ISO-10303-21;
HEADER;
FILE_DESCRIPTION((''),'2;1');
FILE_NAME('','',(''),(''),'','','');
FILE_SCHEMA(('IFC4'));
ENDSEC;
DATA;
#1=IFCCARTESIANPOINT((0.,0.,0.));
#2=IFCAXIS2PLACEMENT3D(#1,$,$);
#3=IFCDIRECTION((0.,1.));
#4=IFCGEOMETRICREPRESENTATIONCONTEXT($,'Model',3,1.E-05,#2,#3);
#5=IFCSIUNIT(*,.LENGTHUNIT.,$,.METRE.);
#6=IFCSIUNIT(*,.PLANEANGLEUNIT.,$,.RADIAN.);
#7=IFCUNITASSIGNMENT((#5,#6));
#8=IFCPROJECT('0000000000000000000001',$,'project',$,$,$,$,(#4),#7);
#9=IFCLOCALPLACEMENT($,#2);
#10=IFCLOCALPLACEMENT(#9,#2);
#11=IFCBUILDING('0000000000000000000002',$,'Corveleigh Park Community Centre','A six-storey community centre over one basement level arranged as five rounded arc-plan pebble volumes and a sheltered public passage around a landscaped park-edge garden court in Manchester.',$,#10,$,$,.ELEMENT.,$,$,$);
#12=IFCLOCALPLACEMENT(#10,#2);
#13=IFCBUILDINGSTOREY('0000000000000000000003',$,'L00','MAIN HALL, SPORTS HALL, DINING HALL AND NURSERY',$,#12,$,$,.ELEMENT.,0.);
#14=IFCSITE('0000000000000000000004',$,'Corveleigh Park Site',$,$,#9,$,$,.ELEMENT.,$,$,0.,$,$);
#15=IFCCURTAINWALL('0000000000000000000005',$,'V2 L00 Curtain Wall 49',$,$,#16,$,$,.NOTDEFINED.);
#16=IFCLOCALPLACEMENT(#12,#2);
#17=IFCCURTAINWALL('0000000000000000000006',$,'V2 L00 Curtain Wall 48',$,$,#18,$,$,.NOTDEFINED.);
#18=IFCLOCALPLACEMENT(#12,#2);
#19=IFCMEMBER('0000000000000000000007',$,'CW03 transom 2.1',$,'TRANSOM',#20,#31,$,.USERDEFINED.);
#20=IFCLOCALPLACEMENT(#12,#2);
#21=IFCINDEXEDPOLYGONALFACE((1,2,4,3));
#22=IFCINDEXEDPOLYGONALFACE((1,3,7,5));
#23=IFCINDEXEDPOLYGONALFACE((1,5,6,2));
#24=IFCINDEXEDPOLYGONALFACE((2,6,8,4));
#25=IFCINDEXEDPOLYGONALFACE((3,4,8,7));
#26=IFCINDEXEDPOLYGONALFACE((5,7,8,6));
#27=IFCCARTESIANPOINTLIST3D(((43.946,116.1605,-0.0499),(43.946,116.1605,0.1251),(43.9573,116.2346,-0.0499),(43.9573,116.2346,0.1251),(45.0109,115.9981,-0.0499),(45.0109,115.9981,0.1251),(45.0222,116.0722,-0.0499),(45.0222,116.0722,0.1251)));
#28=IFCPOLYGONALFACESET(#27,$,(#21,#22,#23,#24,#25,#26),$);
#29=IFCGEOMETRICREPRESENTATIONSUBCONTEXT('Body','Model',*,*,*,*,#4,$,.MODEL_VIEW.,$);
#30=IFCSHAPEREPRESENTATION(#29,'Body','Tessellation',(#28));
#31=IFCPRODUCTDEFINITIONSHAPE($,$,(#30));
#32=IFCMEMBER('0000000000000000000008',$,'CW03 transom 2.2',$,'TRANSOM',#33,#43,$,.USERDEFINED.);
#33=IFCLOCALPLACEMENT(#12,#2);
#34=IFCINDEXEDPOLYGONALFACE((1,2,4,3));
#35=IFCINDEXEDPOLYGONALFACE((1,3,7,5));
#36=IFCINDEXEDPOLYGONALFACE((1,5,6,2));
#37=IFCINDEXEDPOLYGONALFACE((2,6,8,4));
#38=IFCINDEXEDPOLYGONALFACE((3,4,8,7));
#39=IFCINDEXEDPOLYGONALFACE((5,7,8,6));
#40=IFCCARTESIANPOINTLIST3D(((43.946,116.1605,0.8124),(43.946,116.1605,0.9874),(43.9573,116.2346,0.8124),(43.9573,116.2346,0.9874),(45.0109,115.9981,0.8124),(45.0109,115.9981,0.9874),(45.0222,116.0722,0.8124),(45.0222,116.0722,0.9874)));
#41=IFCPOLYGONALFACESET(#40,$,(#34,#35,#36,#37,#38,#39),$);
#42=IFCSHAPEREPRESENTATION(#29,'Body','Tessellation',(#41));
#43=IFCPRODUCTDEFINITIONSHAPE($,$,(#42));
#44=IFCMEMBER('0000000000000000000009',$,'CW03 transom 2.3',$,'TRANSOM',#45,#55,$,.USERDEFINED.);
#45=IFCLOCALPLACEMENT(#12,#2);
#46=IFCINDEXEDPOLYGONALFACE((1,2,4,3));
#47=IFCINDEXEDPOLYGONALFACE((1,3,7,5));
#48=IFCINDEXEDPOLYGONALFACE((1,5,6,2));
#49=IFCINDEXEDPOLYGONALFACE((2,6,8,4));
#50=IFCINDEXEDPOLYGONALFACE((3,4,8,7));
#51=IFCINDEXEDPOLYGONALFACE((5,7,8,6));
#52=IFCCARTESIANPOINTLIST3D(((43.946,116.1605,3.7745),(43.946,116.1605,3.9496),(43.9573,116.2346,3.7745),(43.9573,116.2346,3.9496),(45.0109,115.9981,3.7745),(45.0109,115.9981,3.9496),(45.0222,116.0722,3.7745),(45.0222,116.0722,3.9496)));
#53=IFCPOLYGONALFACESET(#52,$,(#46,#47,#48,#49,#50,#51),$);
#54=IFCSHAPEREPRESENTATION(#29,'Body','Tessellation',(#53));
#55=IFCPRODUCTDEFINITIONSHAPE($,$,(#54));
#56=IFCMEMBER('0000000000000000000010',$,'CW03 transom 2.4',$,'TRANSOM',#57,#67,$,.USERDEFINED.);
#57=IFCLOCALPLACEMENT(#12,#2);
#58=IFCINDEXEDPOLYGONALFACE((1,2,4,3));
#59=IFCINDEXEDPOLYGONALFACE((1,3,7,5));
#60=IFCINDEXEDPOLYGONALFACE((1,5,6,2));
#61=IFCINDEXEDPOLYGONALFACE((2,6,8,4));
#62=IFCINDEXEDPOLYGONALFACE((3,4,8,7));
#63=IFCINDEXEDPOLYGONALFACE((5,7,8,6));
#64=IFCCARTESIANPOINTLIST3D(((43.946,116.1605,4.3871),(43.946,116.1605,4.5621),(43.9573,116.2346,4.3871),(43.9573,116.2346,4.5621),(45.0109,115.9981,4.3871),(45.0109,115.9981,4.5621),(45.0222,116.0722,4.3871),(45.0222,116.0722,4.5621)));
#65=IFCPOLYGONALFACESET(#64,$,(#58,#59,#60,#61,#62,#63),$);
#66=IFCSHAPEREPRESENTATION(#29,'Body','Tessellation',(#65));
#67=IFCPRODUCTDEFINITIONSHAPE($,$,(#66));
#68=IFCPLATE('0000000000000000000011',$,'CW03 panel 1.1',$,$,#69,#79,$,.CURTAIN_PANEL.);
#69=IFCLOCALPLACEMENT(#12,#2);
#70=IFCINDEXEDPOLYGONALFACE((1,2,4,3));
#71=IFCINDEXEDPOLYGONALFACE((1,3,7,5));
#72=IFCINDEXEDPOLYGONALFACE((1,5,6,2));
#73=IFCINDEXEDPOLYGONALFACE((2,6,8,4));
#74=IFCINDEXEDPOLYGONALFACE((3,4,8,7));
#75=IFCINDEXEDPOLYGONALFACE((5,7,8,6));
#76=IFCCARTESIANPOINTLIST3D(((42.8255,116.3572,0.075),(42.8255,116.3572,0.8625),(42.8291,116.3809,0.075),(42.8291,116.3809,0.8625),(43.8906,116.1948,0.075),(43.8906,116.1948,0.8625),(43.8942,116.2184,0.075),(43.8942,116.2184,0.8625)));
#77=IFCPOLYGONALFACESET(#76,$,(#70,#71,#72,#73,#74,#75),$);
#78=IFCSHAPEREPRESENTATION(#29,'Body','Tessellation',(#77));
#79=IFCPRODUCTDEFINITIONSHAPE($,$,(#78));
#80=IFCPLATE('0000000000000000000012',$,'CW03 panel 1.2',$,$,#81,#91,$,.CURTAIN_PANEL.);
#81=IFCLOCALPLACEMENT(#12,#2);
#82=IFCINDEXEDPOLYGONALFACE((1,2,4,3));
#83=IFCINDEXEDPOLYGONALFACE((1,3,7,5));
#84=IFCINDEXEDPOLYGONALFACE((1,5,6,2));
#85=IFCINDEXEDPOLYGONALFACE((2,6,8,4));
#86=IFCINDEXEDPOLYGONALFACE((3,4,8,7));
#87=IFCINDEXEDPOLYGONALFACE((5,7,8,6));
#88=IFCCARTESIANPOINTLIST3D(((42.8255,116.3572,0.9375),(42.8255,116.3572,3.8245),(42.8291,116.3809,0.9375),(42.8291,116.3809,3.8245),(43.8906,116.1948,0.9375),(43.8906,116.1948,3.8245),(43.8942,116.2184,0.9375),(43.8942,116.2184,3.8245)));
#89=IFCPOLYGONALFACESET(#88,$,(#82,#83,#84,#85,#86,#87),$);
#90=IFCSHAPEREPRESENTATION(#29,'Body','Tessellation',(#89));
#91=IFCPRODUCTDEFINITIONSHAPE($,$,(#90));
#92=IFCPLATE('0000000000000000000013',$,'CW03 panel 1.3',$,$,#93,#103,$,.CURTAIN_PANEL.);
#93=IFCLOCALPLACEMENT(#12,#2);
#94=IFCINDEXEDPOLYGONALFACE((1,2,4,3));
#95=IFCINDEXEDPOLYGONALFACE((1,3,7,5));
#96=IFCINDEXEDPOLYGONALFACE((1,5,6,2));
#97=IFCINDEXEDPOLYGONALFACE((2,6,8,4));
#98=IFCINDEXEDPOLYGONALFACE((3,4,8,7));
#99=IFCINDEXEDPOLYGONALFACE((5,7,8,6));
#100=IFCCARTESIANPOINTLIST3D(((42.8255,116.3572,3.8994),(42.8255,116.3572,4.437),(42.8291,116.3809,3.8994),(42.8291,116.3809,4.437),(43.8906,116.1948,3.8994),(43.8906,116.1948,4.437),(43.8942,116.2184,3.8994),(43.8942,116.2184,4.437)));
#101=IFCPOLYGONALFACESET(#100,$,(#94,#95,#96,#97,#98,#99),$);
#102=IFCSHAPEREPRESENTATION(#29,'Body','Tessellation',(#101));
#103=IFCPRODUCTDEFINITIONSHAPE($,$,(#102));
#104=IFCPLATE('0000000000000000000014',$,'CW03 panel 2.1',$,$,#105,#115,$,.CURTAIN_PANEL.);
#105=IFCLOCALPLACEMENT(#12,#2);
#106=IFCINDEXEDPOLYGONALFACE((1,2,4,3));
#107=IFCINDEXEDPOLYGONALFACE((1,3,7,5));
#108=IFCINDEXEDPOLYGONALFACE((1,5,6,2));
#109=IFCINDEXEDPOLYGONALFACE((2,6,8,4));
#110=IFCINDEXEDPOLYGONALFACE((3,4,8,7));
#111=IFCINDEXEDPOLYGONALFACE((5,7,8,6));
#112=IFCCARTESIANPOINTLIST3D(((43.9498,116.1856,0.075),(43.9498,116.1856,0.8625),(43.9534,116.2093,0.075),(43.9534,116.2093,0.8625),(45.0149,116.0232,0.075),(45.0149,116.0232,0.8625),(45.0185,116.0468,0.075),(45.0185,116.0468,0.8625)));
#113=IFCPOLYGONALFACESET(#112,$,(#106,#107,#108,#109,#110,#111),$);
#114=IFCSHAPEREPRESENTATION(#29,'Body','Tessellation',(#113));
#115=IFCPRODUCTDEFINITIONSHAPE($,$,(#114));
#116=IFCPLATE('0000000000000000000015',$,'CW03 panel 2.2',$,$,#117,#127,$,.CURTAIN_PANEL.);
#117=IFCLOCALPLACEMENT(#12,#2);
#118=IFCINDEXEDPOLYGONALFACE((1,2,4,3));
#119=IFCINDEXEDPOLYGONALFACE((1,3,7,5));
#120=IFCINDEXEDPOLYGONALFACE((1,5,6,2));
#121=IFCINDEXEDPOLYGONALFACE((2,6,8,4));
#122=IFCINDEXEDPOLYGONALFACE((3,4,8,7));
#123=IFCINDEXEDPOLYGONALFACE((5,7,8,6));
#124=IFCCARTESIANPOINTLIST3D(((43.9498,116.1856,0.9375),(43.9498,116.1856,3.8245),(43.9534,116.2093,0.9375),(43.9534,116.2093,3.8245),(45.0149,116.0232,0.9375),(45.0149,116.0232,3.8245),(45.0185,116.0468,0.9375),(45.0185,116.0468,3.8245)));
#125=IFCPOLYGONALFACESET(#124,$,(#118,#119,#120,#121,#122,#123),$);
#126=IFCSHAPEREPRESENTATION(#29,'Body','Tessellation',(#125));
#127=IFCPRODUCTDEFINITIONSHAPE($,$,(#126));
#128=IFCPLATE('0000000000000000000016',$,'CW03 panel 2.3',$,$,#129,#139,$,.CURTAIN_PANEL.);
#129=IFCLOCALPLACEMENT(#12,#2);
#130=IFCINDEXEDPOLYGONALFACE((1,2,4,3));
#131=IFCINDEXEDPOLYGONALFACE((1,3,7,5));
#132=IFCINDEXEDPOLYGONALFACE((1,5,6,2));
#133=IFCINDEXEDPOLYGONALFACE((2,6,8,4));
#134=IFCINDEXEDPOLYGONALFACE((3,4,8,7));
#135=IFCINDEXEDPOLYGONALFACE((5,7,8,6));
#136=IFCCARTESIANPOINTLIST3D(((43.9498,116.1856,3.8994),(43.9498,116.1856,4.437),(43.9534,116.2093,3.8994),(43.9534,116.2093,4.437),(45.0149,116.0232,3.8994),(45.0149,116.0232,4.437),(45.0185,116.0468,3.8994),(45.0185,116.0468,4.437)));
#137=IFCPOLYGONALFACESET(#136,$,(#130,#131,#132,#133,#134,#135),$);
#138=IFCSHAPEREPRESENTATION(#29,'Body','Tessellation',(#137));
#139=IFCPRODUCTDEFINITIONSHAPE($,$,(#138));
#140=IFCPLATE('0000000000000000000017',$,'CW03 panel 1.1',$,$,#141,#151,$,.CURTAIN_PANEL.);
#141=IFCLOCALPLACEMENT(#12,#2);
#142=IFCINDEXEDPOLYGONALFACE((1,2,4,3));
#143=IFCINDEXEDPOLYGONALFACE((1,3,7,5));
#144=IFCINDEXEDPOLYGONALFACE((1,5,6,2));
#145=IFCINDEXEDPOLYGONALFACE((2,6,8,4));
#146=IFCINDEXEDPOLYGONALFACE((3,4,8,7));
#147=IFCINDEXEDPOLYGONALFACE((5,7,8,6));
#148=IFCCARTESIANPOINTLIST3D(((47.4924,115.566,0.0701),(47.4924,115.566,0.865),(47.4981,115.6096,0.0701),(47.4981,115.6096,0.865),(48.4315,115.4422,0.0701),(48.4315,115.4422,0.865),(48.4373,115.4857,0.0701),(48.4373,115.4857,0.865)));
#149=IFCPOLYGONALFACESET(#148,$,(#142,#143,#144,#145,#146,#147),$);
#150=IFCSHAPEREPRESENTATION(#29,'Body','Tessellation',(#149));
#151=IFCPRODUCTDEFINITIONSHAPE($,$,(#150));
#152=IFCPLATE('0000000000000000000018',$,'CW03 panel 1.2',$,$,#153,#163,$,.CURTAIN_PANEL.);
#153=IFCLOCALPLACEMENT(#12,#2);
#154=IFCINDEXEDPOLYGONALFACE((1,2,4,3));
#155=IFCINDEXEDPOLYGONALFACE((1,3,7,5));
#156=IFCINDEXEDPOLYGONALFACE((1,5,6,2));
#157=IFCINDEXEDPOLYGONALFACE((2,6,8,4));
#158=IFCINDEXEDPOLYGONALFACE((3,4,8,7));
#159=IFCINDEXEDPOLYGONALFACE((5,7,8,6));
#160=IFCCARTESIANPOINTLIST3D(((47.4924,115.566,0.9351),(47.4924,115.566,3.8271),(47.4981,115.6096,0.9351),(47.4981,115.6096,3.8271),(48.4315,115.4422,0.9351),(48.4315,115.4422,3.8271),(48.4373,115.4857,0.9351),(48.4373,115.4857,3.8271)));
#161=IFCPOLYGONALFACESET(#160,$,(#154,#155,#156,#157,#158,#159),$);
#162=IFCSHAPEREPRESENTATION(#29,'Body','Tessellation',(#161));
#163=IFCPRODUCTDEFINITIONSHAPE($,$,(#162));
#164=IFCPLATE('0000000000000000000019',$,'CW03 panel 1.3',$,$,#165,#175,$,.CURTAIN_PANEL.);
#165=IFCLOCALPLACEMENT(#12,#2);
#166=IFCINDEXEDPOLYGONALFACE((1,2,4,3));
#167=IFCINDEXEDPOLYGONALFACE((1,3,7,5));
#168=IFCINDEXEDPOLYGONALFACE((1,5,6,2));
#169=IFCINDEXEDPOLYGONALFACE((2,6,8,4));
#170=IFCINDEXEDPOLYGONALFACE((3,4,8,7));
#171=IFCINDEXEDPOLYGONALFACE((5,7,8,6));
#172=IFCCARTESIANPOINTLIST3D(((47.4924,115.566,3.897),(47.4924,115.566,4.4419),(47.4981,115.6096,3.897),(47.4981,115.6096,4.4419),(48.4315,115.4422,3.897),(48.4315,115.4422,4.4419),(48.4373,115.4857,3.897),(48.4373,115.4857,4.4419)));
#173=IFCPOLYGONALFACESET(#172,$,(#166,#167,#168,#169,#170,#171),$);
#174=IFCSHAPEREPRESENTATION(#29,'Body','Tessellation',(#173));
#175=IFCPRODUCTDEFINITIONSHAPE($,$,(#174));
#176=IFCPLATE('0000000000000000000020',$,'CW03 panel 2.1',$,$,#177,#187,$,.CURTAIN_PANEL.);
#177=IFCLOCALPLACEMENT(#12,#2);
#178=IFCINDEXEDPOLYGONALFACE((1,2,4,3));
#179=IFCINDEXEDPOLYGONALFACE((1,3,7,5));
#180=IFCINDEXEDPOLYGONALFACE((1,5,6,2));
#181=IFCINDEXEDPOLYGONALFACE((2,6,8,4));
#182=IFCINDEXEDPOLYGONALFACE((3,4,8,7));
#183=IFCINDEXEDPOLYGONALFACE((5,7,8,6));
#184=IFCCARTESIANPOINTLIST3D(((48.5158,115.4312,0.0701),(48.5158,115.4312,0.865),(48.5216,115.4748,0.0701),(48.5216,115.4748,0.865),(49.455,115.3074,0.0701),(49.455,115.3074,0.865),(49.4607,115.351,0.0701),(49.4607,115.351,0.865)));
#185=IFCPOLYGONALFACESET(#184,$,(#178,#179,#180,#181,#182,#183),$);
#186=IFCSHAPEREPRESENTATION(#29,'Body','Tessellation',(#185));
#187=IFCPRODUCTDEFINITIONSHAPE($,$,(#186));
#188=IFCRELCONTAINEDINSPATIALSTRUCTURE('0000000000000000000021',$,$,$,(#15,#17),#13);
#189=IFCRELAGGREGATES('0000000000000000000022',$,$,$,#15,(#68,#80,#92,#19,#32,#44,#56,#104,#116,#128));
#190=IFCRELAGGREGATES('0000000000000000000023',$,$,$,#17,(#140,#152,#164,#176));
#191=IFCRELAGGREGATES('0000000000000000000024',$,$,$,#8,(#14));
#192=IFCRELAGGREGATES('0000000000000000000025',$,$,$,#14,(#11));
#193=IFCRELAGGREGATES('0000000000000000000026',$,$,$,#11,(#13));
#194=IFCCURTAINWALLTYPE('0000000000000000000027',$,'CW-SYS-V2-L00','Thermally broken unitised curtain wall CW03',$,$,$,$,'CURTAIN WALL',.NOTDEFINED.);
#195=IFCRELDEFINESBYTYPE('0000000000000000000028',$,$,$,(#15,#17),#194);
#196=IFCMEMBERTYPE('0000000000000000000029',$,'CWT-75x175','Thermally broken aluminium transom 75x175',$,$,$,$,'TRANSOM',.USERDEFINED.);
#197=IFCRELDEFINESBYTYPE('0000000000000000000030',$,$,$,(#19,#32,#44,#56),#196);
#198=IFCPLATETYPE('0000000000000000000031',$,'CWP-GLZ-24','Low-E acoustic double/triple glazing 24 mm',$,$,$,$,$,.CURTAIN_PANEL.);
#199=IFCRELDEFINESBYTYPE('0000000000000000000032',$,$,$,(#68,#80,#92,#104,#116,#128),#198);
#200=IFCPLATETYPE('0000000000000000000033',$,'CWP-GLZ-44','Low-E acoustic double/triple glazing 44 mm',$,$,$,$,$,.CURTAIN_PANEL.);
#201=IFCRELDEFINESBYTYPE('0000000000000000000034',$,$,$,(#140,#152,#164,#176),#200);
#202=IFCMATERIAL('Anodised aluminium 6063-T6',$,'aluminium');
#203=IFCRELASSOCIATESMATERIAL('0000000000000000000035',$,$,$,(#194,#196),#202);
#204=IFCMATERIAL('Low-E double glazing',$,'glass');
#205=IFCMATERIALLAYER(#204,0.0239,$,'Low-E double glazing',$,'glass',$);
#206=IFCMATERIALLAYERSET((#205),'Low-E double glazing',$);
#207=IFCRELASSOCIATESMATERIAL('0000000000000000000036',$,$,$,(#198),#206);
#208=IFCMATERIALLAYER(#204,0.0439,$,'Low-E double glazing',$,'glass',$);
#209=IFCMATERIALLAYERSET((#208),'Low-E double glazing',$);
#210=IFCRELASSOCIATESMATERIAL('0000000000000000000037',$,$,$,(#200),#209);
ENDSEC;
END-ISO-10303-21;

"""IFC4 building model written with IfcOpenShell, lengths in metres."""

from ifc_helpers import new_model, si_unit, direction, frame, origin, origin_2d, place, context, subcontext, project, spatial, rectangle, extrude, material, layer, layer_set, material_profile, profile_set, type_object, element, aggregate, save


model = new_model("IFC4")

# Units and contexts
model_context = context("Model", 3, precision=1e-05, world=origin(), true_north=direction((0.0, 1.0)))
body_context = subcontext(model_context, "Body", "Model", "MODEL_VIEW")
ifc_project = project(units=[si_unit("LENGTHUNIT", "METRE"), si_unit("PLANEANGLEUNIT", "RADIAN")], contexts=[model_context])

# Site, building, storey
site_placement = place(None, origin())
site = spatial("IfcSite", under=ifc_project, at=site_placement, Name="Corveleigh Park Site", CompositionType="ELEMENT", RefElevation=0.0)
building_placement = place(site_placement, origin())
building = spatial("IfcBuilding", under=site, at=building_placement, Name="Corveleigh Park Community Centre", Description="A six-storey community centre over one basement level arranged as five rounded arc-plan pebble volumes and a sheltered public passage around a landscaped park-edge garden court in Manchester.", CompositionType="ELEMENT")
storey_placement = place(building_placement, origin())
storey = spatial("IfcBuildingStorey", under=building, at=storey_placement, Name="L00", Description="MAIN HALL, SPORTS HALL, DINING HALL AND NURSERY", CompositionType="ELEMENT", Elevation=0.0)

# Curtain wall
ifc_material_1 = material(Name="Anodised aluminium 6063-T6", Category="aluminium")
curtain_wall_type = type_object("IfcCurtainWallType", Name="CW-SYS-V2-L00", Description="Thermally broken unitised curtain wall CW03", ElementType="CURTAIN WALL", PredefinedType="NOTDEFINED", material=ifc_material_1)
curtain_wall_1_placement = place(storey_placement, origin())
curtain_wall_1 = element("IfcCurtainWall", 1, at=curtain_wall_1_placement, inside=storey, type_object=curtain_wall_type, Name="V2 L00 Curtain Wall 49", PredefinedType="NOTDEFINED")

# Curtain wall
curtain_wall_2_placement = place(storey_placement, origin())
curtain_wall_2 = element("IfcCurtainWall", 2, at=curtain_wall_2_placement, inside=storey, type_object=curtain_wall_type, Name="V2 L00 Curtain Wall 48", PredefinedType="NOTDEFINED")

# Members
ifc_material_profile_1 = material_profile(ifc_material_1, rectangle(XDim=0.075, YDim=0.175, at=origin_2d()), Name="ALU-T75x175", Category="aluminium")
ifc_profile_set_1 = profile_set([ifc_material_profile_1], Name="Anodised aluminium 6063-T6")
member_type_1 = type_object("IfcMemberType", Name="CWT-75x175", Description="Thermally broken aluminium transom 75x175", ElementType="TRANSOM", PredefinedType="USERDEFINED", material=ifc_profile_set_1)
member_1_placement = place(storey_placement, frame((43.9517, 116.1975, 0.0376), z_axis=(0.988578, -0.150712, 0.0), x_axis=(0.150712, 0.988578, 0.0)))
member_1 = element("IfcMember", 3, at=member_1_placement, type_object=member_type_1, Name="CW03 transom 2.1", ObjectType="TRANSOM", PredefinedType="USERDEFINED", context=body_context, shape_type="SweptSolid", body=[
    extrude(rectangle(XDim=0.075, YDim=0.175, at=origin_2d()), origin(), (0.0, 0.0, 1.0), 1.0771),
])
member_2_placement = place(storey_placement, frame((43.9517, 116.1975, 0.8999), z_axis=(0.988578, -0.150712, 0.0), x_axis=(0.150712, 0.988578, 0.0)))
member_2 = element("IfcMember", 4, at=member_2_placement, type_object=member_type_1, Name="CW03 transom 2.2", ObjectType="TRANSOM", PredefinedType="USERDEFINED", context=body_context, shape_type="SweptSolid", body=[
    extrude(rectangle(XDim=0.075, YDim=0.175, at=origin_2d()), origin(), (0.0, 0.0, 1.0), 1.0771),
])
member_3_placement = place(storey_placement, frame((43.9517, 116.1975, 3.8621), z_axis=(0.988578, -0.150712, 0.0), x_axis=(0.150712, 0.988578, 0.0)))
member_3 = element("IfcMember", 5, at=member_3_placement, type_object=member_type_1, Name="CW03 transom 2.3", ObjectType="TRANSOM", PredefinedType="USERDEFINED", context=body_context, shape_type="SweptSolid", body=[
    extrude(rectangle(XDim=0.075, YDim=0.175, at=origin_2d()), origin(), (0.0, 0.0, 1.0), 1.0771),
])
member_4_placement = place(storey_placement, frame((43.9517, 116.1975, 4.4746), z_axis=(0.988578, -0.150712, 0.0), x_axis=(0.150712, 0.988578, 0.0)))
member_4 = element("IfcMember", 6, at=member_4_placement, type_object=member_type_1, Name="CW03 transom 2.4", ObjectType="TRANSOM", PredefinedType="USERDEFINED", context=body_context, shape_type="SweptSolid", body=[
    extrude(rectangle(XDim=0.075, YDim=0.175, at=origin_2d()), origin(), (0.0, 0.0, 1.0), 1.0771),
])

# Plates
ifc_material_2 = material(Name="Low-E double glazing", Category="glass")
ifc_layer_1 = layer(ifc_material_2, 0.0239, Name="Low-E double glazing", Category="glass")
ifc_layer_set_1 = layer_set([ifc_layer_1], Name="Low-E double glazing")
plate_type_1 = type_object("IfcPlateType", Name="CWP-GLZ-24", Description="Low-E acoustic double/triple glazing 24 mm", PredefinedType="CURTAIN_PANEL", material=ifc_layer_set_1)
plate_1_placement = place(storey_placement, frame((43.3599, 116.2878, 0.075), z_axis=(0.0, 0.0, 1.0), x_axis=(0.988569, -0.15077, 0.0)))
plate_1 = element("IfcPlate", 7, at=plate_1_placement, type_object=plate_type_1, Name="CW03 panel 1.1", PredefinedType="CURTAIN_PANEL", context=body_context, shape_type="SweptSolid", body=[
    extrude(rectangle(XDim=1.0774, YDim=0.0239, at=origin_2d()), origin(), (0.0, 0.0, 1.0), 0.7876),
])
plate_2_placement = place(storey_placement, frame((43.3599, 116.2878, 0.9375), z_axis=(0.0, 0.0, 1.0), x_axis=(0.988569, -0.15077, 0.0)))
plate_2 = element("IfcPlate", 8, at=plate_2_placement, type_object=plate_type_1, Name="CW03 panel 1.2", PredefinedType="CURTAIN_PANEL", context=body_context, shape_type="SweptSolid", body=[
    extrude(rectangle(XDim=1.0774, YDim=0.0239, at=origin_2d()), origin(), (0.0, 0.0, 1.0), 2.887),
])
plate_3_placement = place(storey_placement, frame((43.3599, 116.2878, 3.8994), z_axis=(0.0, 0.0, 1.0), x_axis=(0.988569, -0.15077, 0.0)))
plate_3 = element("IfcPlate", 9, at=plate_3_placement, type_object=plate_type_1, Name="CW03 panel 1.3", PredefinedType="CURTAIN_PANEL", context=body_context, shape_type="SweptSolid", body=[
    extrude(rectangle(XDim=1.0774, YDim=0.0239, at=origin_2d()), origin(), (0.0, 0.0, 1.0), 0.5376),
])
plate_4_placement = place(storey_placement, frame((44.4841, 116.1162, 0.075), z_axis=(0.0, 0.0, 1.0), x_axis=(0.988569, -0.15077, 0.0)))
plate_4 = element("IfcPlate", 10, at=plate_4_placement, type_object=plate_type_1, Name="CW03 panel 2.1", PredefinedType="CURTAIN_PANEL", context=body_context, shape_type="SweptSolid", body=[
    extrude(rectangle(XDim=1.0774, YDim=0.0239, at=origin_2d()), origin(), (0.0, 0.0, 1.0), 0.7876),
])
plate_5_placement = place(storey_placement, frame((44.4841, 116.1162, 0.9375), z_axis=(0.0, 0.0, 1.0), x_axis=(0.988569, -0.15077, 0.0)))
plate_5 = element("IfcPlate", 11, at=plate_5_placement, type_object=plate_type_1, Name="CW03 panel 2.2", PredefinedType="CURTAIN_PANEL", context=body_context, shape_type="SweptSolid", body=[
    extrude(rectangle(XDim=1.0774, YDim=0.0239, at=origin_2d()), origin(), (0.0, 0.0, 1.0), 2.887),
])
plate_6_placement = place(storey_placement, frame((44.4841, 116.1162, 3.8994), z_axis=(0.0, 0.0, 1.0), x_axis=(0.988569, -0.15077, 0.0)))
plate_6 = element("IfcPlate", 12, at=plate_6_placement, type_object=plate_type_1, Name="CW03 panel 2.3", PredefinedType="CURTAIN_PANEL", context=body_context, shape_type="SweptSolid", body=[
    extrude(rectangle(XDim=1.0774, YDim=0.0239, at=origin_2d()), origin(), (0.0, 0.0, 1.0), 0.5376),
])
aggregate(curtain_wall_1, [plate_1, plate_2, plate_3, member_1, member_2, member_3, member_4, plate_4, plate_5, plate_6])
ifc_layer_2 = layer(ifc_material_2, 0.0439, Name="Low-E double glazing", Category="glass")
ifc_layer_set_2 = layer_set([ifc_layer_2], Name="Low-E double glazing")
plate_type_2 = type_object("IfcPlateType", Name="CWP-GLZ-44", Description="Low-E acoustic double/triple glazing 44 mm", PredefinedType="CURTAIN_PANEL", material=ifc_layer_set_2)
plate_7_placement = place(storey_placement, frame((47.9648, 115.5259, 0.0701), z_axis=(0.0, 0.0, 1.0), x_axis=(0.991418, -0.130731, 0.0)))
plate_7 = element("IfcPlate", 13, at=plate_7_placement, type_object=plate_type_2, Name="CW03 panel 1.1", PredefinedType="CURTAIN_PANEL", context=body_context, shape_type="SweptSolid", body=[
    extrude(rectangle(XDim=0.9473, YDim=0.0439, at=origin_2d()), origin(), (0.0, 0.0, 1.0), 0.7949),
])
plate_8_placement = place(storey_placement, frame((47.9648, 115.5259, 0.9351), z_axis=(0.0, 0.0, 1.0), x_axis=(0.991418, -0.130731, 0.0)))
plate_8 = element("IfcPlate", 14, at=plate_8_placement, type_object=plate_type_2, Name="CW03 panel 1.2", PredefinedType="CURTAIN_PANEL", context=body_context, shape_type="SweptSolid", body=[
    extrude(rectangle(XDim=0.9473, YDim=0.0439, at=origin_2d()), origin(), (0.0, 0.0, 1.0), 2.8921),
])
plate_9_placement = place(storey_placement, frame((47.9648, 115.5259, 3.897), z_axis=(0.0, 0.0, 1.0), x_axis=(0.991418, -0.130731, 0.0)))
plate_9 = element("IfcPlate", 15, at=plate_9_placement, type_object=plate_type_2, Name="CW03 panel 1.3", PredefinedType="CURTAIN_PANEL", context=body_context, shape_type="SweptSolid", body=[
    extrude(rectangle(XDim=0.9473, YDim=0.0439, at=origin_2d()), origin(), (0.0, 0.0, 1.0), 0.5449),
])
plate_10_placement = place(storey_placement, frame((48.9883, 115.3911, 0.0701), z_axis=(0.0, 0.0, 1.0), x_axis=(0.991418, -0.130731, 0.0)))
plate_10 = element("IfcPlate", 16, at=plate_10_placement, type_object=plate_type_2, Name="CW03 panel 2.1", PredefinedType="CURTAIN_PANEL", context=body_context, shape_type="SweptSolid", body=[
    extrude(rectangle(XDim=0.9473, YDim=0.0439, at=origin_2d()), origin(), (0.0, 0.0, 1.0), 0.7949),
])
aggregate(curtain_wall_2, [plate_7, plate_8, plate_9, plate_10])

save(model, "model.ifc")
